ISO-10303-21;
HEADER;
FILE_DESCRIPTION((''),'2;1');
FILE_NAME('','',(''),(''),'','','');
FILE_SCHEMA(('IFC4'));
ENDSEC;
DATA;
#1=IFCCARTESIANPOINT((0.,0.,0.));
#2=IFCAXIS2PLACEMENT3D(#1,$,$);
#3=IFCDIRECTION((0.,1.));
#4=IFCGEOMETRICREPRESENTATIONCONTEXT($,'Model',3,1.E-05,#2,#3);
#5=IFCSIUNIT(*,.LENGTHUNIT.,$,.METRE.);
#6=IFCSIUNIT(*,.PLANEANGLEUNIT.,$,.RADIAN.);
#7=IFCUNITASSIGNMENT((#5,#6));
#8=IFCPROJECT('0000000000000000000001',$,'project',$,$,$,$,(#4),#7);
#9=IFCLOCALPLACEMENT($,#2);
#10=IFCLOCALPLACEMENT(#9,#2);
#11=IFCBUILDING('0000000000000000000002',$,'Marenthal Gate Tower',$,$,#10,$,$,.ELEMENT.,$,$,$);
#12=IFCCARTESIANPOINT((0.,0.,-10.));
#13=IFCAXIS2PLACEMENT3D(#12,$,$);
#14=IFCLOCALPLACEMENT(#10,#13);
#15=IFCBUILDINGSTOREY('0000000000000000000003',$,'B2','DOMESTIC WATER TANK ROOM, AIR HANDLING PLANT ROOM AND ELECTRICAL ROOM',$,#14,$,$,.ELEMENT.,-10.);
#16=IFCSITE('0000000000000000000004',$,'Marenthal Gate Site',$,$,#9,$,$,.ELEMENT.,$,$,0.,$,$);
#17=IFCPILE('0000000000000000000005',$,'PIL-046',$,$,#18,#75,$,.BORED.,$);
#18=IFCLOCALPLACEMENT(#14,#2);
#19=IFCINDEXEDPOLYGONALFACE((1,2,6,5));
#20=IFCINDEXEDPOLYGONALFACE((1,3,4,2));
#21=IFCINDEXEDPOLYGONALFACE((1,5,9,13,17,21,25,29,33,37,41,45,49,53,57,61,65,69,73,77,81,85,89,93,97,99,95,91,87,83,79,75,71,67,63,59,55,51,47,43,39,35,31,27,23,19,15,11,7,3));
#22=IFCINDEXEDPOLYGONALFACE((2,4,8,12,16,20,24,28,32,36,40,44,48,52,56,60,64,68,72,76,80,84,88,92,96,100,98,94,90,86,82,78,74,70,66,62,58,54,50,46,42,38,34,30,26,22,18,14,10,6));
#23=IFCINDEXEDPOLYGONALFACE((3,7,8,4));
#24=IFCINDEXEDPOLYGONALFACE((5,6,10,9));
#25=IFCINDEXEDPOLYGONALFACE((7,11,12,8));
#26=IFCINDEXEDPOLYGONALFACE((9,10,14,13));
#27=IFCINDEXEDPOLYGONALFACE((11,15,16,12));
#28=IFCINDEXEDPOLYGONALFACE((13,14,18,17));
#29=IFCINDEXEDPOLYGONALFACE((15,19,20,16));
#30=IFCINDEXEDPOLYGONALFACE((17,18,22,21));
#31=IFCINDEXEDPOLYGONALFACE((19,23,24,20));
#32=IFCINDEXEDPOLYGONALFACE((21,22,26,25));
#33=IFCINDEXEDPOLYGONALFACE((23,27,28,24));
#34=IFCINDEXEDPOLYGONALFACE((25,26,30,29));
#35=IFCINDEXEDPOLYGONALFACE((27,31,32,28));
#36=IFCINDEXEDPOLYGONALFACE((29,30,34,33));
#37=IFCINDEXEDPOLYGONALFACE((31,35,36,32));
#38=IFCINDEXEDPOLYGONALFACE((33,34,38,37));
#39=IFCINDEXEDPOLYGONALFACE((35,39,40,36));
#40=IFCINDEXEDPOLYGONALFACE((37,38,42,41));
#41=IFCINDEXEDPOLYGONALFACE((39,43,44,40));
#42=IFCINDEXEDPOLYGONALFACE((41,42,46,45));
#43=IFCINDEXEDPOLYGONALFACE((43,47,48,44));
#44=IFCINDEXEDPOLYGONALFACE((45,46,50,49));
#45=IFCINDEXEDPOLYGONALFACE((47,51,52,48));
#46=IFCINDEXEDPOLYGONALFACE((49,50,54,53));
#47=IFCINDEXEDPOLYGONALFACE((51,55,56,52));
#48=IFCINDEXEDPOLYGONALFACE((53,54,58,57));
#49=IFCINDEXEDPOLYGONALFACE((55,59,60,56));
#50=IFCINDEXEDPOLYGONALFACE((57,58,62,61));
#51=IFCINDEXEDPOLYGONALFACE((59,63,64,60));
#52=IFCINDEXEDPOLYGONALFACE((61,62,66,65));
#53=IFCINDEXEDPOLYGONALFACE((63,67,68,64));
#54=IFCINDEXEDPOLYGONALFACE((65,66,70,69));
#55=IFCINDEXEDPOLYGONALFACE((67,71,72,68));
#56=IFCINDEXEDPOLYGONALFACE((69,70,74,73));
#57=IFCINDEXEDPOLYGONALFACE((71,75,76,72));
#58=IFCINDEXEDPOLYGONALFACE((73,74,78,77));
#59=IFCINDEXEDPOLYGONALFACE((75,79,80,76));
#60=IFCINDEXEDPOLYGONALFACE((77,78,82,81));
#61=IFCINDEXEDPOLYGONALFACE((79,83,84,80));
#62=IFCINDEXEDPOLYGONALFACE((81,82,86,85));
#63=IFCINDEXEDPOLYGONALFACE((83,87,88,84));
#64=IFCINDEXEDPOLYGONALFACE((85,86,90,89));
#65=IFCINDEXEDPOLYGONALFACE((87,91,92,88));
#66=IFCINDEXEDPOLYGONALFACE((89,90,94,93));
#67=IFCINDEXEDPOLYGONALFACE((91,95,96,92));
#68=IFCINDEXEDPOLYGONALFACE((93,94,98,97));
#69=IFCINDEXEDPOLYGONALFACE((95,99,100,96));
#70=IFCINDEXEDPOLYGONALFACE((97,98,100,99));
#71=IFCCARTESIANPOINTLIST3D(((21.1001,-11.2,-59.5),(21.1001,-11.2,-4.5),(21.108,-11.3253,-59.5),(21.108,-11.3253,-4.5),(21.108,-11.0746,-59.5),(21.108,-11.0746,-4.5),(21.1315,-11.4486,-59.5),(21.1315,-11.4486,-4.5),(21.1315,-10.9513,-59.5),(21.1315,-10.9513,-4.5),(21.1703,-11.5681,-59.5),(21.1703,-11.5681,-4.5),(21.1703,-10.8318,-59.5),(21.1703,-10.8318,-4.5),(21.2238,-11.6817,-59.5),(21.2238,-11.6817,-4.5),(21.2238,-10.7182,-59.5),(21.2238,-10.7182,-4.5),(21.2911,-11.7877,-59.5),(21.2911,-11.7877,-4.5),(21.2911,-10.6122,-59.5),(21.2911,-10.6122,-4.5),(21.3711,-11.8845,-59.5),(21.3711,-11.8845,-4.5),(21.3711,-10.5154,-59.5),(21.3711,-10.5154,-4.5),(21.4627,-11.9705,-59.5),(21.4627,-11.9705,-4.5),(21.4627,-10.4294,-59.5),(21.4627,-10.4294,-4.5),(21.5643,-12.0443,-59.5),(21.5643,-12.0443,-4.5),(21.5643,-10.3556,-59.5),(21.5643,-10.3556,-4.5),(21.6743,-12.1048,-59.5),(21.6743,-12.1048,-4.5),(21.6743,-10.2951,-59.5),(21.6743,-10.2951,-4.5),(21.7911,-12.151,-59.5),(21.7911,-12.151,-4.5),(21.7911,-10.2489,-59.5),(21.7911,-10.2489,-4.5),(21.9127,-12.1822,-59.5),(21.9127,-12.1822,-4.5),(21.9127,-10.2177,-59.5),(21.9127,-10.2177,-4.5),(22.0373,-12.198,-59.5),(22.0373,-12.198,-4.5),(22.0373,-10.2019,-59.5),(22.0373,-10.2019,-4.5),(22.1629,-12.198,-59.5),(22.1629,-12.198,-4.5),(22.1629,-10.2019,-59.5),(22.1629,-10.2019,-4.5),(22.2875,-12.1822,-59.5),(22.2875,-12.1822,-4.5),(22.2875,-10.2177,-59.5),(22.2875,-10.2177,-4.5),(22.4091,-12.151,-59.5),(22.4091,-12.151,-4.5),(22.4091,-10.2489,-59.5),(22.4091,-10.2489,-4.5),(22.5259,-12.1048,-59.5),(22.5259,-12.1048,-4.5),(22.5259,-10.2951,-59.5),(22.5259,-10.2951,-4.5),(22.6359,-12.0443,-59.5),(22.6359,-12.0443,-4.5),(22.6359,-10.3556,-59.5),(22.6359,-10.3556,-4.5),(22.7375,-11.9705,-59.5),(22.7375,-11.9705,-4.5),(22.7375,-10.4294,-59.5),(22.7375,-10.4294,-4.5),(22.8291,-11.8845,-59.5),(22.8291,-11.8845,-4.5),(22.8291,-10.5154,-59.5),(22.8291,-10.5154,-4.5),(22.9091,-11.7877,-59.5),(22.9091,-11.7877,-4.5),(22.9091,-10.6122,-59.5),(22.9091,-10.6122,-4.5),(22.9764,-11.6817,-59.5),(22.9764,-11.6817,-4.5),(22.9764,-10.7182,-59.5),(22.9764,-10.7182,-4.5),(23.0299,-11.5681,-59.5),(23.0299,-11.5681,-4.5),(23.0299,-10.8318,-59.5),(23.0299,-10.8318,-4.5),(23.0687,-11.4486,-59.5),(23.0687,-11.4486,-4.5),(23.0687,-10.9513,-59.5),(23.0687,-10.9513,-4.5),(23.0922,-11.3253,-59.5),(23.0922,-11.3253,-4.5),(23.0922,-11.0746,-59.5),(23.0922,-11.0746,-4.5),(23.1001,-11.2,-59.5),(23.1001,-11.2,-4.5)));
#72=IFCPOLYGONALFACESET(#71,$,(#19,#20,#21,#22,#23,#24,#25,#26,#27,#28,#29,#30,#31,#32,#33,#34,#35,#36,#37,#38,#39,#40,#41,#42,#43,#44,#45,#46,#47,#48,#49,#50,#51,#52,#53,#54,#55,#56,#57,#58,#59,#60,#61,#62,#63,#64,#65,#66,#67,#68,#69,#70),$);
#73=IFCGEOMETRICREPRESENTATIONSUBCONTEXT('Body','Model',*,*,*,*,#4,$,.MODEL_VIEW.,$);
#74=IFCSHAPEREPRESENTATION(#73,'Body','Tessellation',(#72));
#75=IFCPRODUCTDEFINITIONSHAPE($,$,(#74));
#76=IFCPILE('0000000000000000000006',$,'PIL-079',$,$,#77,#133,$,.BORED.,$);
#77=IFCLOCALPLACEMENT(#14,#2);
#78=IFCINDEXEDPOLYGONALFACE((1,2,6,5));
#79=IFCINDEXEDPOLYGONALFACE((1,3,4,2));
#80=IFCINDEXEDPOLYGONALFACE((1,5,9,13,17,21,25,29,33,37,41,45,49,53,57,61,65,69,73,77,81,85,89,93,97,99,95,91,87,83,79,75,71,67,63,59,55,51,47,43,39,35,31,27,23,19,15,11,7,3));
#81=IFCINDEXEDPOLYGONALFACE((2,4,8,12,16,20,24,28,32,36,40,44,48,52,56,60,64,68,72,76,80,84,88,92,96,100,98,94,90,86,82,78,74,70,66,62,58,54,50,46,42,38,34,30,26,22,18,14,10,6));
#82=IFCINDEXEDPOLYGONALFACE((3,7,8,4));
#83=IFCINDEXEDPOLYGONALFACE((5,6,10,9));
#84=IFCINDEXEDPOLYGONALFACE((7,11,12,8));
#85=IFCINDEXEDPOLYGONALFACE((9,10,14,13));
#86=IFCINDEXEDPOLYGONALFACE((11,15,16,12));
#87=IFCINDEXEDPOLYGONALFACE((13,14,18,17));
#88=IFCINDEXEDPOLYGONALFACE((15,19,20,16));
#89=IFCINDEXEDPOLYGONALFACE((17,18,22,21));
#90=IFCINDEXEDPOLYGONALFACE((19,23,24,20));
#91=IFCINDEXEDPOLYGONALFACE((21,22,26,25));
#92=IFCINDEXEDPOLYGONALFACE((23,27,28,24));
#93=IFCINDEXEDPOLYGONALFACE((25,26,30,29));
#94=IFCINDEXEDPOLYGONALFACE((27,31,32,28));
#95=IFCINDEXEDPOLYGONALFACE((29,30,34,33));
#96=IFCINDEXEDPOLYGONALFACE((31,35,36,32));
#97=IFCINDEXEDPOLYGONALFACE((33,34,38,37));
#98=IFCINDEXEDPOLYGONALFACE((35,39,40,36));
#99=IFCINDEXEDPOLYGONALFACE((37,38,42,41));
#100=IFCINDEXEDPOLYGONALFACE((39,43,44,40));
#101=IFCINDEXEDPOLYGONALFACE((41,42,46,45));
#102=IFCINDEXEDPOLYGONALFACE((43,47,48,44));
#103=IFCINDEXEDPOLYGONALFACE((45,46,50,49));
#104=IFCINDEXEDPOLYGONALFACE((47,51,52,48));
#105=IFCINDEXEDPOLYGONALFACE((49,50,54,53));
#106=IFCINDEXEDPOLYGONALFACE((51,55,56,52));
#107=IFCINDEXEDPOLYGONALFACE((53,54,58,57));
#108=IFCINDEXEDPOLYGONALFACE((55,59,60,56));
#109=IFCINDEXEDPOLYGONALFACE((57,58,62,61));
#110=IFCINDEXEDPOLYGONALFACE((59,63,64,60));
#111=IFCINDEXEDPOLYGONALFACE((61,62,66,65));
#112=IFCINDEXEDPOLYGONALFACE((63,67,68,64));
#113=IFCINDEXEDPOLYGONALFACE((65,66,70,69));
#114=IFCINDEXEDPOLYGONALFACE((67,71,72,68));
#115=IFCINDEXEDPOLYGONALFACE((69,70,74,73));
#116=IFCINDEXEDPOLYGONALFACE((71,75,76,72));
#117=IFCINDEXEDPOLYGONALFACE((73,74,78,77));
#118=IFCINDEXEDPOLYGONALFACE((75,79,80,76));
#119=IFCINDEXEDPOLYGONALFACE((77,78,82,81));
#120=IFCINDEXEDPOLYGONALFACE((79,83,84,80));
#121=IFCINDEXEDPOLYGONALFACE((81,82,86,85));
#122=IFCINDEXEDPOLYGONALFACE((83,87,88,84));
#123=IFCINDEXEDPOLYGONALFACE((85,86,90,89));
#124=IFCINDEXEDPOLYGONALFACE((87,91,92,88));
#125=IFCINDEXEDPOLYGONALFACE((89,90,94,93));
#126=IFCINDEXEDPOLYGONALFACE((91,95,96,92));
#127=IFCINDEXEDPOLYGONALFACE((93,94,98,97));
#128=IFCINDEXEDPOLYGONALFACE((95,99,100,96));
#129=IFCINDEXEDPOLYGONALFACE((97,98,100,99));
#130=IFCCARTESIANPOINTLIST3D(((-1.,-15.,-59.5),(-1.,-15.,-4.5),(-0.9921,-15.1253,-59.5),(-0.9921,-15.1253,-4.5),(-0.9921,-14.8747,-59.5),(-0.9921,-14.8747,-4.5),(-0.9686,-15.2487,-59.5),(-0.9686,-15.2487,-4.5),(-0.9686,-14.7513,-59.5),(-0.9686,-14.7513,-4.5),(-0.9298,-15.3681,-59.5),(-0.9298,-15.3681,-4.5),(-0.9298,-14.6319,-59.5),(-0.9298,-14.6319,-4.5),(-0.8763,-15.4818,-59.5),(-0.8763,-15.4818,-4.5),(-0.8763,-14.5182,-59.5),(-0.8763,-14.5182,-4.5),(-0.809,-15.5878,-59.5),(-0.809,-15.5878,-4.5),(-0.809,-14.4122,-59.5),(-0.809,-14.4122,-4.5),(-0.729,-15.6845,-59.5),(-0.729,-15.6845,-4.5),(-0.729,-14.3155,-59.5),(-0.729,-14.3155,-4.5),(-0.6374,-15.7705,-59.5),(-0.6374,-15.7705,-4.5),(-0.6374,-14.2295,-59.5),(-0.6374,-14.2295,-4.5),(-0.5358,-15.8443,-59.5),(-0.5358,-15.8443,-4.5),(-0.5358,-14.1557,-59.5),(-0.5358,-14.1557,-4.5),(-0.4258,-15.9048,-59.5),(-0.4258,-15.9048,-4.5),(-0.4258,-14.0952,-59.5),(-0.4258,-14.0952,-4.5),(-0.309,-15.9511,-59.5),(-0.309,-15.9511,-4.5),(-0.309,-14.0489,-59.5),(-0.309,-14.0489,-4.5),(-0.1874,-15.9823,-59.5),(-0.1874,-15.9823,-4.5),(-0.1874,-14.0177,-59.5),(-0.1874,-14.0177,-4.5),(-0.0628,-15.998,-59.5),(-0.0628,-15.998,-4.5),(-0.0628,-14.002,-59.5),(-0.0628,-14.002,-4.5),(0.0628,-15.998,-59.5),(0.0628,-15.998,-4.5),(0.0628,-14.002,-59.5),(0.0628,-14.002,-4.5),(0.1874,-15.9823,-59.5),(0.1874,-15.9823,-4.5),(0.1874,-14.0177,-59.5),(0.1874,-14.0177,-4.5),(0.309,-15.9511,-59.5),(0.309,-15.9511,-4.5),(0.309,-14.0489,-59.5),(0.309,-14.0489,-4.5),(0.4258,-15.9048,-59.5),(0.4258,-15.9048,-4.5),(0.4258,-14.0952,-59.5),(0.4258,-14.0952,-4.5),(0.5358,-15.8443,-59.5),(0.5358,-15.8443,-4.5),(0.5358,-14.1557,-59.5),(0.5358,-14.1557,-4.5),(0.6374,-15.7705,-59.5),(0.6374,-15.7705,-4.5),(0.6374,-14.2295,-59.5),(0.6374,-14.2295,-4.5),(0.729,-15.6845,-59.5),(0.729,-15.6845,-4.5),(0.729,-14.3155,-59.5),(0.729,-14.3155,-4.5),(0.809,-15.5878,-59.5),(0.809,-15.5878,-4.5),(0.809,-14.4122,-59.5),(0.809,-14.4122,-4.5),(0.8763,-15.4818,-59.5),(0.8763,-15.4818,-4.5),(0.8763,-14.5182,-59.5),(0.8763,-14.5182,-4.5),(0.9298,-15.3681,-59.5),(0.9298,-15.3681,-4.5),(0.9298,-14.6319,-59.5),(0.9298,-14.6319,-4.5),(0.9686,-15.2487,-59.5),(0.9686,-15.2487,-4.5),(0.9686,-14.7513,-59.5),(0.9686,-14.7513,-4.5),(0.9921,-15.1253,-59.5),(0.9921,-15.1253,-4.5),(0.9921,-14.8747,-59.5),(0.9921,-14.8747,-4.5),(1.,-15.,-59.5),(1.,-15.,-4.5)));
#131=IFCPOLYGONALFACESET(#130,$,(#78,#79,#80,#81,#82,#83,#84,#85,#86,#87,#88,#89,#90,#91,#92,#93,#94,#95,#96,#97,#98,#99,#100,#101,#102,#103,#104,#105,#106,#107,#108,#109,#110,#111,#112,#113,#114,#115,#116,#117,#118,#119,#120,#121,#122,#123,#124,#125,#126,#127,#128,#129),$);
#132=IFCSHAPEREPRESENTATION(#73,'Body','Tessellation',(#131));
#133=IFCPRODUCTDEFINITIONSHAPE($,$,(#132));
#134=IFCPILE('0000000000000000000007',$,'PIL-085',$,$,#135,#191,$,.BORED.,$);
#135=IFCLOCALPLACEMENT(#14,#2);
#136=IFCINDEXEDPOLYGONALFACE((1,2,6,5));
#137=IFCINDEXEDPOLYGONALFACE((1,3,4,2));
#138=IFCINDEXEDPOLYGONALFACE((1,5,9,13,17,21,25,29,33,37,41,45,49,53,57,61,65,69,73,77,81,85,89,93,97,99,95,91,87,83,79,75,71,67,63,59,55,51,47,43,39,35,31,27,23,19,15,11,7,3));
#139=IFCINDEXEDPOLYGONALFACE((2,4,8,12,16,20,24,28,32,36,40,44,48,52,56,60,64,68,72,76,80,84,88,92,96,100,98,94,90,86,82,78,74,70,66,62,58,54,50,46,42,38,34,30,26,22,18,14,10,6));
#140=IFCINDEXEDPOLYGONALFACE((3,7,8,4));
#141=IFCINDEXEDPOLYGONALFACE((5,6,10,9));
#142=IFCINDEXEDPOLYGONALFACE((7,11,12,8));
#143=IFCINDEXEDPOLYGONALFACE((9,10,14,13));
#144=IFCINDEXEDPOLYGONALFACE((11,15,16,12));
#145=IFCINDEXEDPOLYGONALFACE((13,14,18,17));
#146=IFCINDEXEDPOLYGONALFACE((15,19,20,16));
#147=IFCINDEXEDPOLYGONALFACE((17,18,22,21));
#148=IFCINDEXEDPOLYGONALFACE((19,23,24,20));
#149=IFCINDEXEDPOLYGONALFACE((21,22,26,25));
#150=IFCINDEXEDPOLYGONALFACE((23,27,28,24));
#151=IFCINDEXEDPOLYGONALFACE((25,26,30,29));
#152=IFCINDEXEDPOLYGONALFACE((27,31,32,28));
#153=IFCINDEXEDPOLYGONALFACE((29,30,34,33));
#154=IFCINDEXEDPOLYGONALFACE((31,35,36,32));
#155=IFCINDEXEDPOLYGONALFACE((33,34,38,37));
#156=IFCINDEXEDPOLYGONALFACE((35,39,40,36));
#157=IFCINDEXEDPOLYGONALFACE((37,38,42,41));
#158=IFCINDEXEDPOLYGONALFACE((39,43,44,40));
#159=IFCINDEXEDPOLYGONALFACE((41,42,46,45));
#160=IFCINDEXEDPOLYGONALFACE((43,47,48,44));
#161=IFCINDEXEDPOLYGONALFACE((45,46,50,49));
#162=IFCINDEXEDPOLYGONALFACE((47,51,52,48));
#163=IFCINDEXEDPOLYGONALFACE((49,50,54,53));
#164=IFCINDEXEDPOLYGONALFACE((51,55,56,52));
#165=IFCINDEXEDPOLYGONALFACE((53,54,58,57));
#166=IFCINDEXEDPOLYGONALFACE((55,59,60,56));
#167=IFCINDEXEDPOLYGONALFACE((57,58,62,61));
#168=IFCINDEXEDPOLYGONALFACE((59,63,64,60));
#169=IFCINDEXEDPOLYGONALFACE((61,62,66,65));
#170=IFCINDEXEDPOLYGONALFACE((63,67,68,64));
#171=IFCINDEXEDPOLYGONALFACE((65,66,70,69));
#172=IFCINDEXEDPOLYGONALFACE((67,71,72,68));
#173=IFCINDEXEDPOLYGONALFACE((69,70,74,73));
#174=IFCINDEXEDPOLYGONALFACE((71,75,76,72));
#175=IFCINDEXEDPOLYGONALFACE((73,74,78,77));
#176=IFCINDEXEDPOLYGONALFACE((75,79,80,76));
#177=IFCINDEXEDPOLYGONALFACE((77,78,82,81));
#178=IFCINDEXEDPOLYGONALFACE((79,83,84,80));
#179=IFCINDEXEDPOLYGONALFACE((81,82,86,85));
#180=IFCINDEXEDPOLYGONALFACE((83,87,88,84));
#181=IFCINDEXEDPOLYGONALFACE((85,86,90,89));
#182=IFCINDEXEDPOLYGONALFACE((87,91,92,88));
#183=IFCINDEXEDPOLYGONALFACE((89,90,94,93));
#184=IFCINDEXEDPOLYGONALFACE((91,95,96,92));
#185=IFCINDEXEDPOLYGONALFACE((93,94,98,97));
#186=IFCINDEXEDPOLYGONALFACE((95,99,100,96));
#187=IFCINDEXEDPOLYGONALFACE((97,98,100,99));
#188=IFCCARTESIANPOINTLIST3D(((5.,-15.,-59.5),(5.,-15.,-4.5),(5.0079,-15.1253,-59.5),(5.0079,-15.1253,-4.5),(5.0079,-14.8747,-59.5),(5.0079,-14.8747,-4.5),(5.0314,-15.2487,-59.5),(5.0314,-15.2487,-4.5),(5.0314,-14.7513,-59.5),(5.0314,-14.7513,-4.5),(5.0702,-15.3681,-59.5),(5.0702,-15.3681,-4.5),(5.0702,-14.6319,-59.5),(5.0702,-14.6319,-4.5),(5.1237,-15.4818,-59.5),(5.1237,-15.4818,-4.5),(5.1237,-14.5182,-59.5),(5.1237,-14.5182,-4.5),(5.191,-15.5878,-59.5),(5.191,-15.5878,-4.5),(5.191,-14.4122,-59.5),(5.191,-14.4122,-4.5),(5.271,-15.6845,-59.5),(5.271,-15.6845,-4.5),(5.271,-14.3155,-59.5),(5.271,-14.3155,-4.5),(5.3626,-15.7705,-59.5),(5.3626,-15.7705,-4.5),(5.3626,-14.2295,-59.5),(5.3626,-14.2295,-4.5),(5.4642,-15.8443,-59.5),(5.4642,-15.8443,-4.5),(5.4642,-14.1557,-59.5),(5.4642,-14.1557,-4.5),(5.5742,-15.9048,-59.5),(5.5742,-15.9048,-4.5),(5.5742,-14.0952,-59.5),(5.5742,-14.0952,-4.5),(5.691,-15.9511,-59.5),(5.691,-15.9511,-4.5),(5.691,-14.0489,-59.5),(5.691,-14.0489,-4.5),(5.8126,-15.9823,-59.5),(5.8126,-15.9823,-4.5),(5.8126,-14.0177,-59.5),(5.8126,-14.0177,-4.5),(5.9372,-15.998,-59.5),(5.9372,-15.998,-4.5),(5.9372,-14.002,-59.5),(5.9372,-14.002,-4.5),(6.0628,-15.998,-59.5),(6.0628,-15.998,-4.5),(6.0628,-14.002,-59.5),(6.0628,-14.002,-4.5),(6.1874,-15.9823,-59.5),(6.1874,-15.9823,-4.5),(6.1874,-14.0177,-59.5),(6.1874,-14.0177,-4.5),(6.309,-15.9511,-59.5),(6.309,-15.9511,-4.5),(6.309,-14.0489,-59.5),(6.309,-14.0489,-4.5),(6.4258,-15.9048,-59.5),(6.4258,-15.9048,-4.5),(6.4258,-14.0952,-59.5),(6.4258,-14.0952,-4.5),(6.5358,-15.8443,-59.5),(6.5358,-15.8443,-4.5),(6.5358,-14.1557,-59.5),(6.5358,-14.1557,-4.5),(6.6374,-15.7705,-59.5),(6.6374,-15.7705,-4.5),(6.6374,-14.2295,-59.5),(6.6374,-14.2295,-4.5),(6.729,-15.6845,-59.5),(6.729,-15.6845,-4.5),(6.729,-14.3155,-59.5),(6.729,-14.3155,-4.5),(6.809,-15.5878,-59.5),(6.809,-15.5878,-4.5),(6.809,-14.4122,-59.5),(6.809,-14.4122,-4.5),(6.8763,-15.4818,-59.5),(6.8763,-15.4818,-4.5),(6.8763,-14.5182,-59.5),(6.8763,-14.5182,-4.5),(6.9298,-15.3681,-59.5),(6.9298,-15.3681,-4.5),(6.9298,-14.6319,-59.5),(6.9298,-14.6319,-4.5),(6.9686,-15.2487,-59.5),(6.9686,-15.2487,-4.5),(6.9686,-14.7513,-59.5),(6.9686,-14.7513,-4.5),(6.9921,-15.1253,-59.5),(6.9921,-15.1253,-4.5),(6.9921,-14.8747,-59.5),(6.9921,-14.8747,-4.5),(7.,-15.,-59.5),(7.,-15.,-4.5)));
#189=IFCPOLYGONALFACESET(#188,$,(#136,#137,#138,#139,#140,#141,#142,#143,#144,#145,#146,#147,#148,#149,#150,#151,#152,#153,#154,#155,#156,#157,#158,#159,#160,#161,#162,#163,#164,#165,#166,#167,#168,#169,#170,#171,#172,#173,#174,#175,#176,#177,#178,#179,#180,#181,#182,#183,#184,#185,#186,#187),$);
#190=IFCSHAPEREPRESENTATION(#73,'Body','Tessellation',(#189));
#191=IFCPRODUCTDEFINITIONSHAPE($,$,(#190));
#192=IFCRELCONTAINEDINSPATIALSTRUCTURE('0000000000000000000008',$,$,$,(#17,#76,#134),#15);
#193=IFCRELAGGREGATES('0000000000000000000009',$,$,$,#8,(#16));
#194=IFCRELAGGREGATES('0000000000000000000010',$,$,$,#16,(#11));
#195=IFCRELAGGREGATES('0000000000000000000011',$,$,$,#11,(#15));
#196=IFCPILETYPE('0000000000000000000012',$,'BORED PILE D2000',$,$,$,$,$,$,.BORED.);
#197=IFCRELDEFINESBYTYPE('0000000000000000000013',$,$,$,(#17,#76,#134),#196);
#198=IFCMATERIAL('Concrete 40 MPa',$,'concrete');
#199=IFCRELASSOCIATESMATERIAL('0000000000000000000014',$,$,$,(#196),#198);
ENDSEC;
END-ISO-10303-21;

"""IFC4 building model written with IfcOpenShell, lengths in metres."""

from ifc_helpers import new_model, si_unit, direction, frame, origin, origin_2d, place, context, subcontext, project, spatial, circle, extrude, material, type_object, element, save


model = new_model("IFC4")

# Units and contexts
model_context = context("Model", 3, precision=1e-05, world=origin(), true_north=direction((0.0, 1.0)))
body_context = subcontext(model_context, "Body", "Model", "MODEL_VIEW")
ifc_project = project(units=[si_unit("LENGTHUNIT", "METRE"), si_unit("PLANEANGLEUNIT", "RADIAN")], contexts=[model_context])

# Site, building, storey
site_placement = place(None, origin())
site = spatial("IfcSite", under=ifc_project, at=site_placement, Name="Marenthal Gate Site", CompositionType="ELEMENT", RefElevation=0.0)
building_placement = place(site_placement, origin())
building = spatial("IfcBuilding", under=site, at=building_placement, Name="Marenthal Gate Tower", CompositionType="ELEMENT")
storey_placement = place(building_placement, frame((0.0, 0.0, -10.0)))
storey = spatial("IfcBuildingStorey", under=building, at=storey_placement, Name="B2", Description="DOMESTIC WATER TANK ROOM, AIR HANDLING PLANT ROOM AND ELECTRICAL ROOM", CompositionType="ELEMENT", Elevation=-10.0)

# Piles
ifc_material_1 = material(Name="Concrete 40 MPa", Category="concrete")
pile_type = type_object("IfcPileType", Name="BORED PILE D2000", PredefinedType="BORED", material=ifc_material_1)
for number, where, z_axis, x_axis, name in (
    (1, (22.1001, -11.2, -4.5), (0.0, 0.0, -1.0), (1.0, 0.0, 0.0), "PIL-046"),
    (2, (0.0, -15.0, -4.5), (0.0, 0.0, -1.0), (1.0, 0.0, 0.0), "PIL-079"),
    (3, (6.0, -15.0, -4.5), (0.0, 0.0, -1.0), (1.0, 0.0, 0.0), "PIL-085"),
):
    element("IfcPile", number, at=place(storey_placement, frame(where, z_axis=z_axis, x_axis=x_axis)), inside=storey, type_object=pile_type, Name=name, PredefinedType="BORED", context=body_context, shape_type="SweptSolid", body=[
        extrude(circle(Radius=1.0, at=origin_2d()), origin(), (0.0, 0.0, 1.0), 55.0),
    ])

save(model, "model.ifc")
